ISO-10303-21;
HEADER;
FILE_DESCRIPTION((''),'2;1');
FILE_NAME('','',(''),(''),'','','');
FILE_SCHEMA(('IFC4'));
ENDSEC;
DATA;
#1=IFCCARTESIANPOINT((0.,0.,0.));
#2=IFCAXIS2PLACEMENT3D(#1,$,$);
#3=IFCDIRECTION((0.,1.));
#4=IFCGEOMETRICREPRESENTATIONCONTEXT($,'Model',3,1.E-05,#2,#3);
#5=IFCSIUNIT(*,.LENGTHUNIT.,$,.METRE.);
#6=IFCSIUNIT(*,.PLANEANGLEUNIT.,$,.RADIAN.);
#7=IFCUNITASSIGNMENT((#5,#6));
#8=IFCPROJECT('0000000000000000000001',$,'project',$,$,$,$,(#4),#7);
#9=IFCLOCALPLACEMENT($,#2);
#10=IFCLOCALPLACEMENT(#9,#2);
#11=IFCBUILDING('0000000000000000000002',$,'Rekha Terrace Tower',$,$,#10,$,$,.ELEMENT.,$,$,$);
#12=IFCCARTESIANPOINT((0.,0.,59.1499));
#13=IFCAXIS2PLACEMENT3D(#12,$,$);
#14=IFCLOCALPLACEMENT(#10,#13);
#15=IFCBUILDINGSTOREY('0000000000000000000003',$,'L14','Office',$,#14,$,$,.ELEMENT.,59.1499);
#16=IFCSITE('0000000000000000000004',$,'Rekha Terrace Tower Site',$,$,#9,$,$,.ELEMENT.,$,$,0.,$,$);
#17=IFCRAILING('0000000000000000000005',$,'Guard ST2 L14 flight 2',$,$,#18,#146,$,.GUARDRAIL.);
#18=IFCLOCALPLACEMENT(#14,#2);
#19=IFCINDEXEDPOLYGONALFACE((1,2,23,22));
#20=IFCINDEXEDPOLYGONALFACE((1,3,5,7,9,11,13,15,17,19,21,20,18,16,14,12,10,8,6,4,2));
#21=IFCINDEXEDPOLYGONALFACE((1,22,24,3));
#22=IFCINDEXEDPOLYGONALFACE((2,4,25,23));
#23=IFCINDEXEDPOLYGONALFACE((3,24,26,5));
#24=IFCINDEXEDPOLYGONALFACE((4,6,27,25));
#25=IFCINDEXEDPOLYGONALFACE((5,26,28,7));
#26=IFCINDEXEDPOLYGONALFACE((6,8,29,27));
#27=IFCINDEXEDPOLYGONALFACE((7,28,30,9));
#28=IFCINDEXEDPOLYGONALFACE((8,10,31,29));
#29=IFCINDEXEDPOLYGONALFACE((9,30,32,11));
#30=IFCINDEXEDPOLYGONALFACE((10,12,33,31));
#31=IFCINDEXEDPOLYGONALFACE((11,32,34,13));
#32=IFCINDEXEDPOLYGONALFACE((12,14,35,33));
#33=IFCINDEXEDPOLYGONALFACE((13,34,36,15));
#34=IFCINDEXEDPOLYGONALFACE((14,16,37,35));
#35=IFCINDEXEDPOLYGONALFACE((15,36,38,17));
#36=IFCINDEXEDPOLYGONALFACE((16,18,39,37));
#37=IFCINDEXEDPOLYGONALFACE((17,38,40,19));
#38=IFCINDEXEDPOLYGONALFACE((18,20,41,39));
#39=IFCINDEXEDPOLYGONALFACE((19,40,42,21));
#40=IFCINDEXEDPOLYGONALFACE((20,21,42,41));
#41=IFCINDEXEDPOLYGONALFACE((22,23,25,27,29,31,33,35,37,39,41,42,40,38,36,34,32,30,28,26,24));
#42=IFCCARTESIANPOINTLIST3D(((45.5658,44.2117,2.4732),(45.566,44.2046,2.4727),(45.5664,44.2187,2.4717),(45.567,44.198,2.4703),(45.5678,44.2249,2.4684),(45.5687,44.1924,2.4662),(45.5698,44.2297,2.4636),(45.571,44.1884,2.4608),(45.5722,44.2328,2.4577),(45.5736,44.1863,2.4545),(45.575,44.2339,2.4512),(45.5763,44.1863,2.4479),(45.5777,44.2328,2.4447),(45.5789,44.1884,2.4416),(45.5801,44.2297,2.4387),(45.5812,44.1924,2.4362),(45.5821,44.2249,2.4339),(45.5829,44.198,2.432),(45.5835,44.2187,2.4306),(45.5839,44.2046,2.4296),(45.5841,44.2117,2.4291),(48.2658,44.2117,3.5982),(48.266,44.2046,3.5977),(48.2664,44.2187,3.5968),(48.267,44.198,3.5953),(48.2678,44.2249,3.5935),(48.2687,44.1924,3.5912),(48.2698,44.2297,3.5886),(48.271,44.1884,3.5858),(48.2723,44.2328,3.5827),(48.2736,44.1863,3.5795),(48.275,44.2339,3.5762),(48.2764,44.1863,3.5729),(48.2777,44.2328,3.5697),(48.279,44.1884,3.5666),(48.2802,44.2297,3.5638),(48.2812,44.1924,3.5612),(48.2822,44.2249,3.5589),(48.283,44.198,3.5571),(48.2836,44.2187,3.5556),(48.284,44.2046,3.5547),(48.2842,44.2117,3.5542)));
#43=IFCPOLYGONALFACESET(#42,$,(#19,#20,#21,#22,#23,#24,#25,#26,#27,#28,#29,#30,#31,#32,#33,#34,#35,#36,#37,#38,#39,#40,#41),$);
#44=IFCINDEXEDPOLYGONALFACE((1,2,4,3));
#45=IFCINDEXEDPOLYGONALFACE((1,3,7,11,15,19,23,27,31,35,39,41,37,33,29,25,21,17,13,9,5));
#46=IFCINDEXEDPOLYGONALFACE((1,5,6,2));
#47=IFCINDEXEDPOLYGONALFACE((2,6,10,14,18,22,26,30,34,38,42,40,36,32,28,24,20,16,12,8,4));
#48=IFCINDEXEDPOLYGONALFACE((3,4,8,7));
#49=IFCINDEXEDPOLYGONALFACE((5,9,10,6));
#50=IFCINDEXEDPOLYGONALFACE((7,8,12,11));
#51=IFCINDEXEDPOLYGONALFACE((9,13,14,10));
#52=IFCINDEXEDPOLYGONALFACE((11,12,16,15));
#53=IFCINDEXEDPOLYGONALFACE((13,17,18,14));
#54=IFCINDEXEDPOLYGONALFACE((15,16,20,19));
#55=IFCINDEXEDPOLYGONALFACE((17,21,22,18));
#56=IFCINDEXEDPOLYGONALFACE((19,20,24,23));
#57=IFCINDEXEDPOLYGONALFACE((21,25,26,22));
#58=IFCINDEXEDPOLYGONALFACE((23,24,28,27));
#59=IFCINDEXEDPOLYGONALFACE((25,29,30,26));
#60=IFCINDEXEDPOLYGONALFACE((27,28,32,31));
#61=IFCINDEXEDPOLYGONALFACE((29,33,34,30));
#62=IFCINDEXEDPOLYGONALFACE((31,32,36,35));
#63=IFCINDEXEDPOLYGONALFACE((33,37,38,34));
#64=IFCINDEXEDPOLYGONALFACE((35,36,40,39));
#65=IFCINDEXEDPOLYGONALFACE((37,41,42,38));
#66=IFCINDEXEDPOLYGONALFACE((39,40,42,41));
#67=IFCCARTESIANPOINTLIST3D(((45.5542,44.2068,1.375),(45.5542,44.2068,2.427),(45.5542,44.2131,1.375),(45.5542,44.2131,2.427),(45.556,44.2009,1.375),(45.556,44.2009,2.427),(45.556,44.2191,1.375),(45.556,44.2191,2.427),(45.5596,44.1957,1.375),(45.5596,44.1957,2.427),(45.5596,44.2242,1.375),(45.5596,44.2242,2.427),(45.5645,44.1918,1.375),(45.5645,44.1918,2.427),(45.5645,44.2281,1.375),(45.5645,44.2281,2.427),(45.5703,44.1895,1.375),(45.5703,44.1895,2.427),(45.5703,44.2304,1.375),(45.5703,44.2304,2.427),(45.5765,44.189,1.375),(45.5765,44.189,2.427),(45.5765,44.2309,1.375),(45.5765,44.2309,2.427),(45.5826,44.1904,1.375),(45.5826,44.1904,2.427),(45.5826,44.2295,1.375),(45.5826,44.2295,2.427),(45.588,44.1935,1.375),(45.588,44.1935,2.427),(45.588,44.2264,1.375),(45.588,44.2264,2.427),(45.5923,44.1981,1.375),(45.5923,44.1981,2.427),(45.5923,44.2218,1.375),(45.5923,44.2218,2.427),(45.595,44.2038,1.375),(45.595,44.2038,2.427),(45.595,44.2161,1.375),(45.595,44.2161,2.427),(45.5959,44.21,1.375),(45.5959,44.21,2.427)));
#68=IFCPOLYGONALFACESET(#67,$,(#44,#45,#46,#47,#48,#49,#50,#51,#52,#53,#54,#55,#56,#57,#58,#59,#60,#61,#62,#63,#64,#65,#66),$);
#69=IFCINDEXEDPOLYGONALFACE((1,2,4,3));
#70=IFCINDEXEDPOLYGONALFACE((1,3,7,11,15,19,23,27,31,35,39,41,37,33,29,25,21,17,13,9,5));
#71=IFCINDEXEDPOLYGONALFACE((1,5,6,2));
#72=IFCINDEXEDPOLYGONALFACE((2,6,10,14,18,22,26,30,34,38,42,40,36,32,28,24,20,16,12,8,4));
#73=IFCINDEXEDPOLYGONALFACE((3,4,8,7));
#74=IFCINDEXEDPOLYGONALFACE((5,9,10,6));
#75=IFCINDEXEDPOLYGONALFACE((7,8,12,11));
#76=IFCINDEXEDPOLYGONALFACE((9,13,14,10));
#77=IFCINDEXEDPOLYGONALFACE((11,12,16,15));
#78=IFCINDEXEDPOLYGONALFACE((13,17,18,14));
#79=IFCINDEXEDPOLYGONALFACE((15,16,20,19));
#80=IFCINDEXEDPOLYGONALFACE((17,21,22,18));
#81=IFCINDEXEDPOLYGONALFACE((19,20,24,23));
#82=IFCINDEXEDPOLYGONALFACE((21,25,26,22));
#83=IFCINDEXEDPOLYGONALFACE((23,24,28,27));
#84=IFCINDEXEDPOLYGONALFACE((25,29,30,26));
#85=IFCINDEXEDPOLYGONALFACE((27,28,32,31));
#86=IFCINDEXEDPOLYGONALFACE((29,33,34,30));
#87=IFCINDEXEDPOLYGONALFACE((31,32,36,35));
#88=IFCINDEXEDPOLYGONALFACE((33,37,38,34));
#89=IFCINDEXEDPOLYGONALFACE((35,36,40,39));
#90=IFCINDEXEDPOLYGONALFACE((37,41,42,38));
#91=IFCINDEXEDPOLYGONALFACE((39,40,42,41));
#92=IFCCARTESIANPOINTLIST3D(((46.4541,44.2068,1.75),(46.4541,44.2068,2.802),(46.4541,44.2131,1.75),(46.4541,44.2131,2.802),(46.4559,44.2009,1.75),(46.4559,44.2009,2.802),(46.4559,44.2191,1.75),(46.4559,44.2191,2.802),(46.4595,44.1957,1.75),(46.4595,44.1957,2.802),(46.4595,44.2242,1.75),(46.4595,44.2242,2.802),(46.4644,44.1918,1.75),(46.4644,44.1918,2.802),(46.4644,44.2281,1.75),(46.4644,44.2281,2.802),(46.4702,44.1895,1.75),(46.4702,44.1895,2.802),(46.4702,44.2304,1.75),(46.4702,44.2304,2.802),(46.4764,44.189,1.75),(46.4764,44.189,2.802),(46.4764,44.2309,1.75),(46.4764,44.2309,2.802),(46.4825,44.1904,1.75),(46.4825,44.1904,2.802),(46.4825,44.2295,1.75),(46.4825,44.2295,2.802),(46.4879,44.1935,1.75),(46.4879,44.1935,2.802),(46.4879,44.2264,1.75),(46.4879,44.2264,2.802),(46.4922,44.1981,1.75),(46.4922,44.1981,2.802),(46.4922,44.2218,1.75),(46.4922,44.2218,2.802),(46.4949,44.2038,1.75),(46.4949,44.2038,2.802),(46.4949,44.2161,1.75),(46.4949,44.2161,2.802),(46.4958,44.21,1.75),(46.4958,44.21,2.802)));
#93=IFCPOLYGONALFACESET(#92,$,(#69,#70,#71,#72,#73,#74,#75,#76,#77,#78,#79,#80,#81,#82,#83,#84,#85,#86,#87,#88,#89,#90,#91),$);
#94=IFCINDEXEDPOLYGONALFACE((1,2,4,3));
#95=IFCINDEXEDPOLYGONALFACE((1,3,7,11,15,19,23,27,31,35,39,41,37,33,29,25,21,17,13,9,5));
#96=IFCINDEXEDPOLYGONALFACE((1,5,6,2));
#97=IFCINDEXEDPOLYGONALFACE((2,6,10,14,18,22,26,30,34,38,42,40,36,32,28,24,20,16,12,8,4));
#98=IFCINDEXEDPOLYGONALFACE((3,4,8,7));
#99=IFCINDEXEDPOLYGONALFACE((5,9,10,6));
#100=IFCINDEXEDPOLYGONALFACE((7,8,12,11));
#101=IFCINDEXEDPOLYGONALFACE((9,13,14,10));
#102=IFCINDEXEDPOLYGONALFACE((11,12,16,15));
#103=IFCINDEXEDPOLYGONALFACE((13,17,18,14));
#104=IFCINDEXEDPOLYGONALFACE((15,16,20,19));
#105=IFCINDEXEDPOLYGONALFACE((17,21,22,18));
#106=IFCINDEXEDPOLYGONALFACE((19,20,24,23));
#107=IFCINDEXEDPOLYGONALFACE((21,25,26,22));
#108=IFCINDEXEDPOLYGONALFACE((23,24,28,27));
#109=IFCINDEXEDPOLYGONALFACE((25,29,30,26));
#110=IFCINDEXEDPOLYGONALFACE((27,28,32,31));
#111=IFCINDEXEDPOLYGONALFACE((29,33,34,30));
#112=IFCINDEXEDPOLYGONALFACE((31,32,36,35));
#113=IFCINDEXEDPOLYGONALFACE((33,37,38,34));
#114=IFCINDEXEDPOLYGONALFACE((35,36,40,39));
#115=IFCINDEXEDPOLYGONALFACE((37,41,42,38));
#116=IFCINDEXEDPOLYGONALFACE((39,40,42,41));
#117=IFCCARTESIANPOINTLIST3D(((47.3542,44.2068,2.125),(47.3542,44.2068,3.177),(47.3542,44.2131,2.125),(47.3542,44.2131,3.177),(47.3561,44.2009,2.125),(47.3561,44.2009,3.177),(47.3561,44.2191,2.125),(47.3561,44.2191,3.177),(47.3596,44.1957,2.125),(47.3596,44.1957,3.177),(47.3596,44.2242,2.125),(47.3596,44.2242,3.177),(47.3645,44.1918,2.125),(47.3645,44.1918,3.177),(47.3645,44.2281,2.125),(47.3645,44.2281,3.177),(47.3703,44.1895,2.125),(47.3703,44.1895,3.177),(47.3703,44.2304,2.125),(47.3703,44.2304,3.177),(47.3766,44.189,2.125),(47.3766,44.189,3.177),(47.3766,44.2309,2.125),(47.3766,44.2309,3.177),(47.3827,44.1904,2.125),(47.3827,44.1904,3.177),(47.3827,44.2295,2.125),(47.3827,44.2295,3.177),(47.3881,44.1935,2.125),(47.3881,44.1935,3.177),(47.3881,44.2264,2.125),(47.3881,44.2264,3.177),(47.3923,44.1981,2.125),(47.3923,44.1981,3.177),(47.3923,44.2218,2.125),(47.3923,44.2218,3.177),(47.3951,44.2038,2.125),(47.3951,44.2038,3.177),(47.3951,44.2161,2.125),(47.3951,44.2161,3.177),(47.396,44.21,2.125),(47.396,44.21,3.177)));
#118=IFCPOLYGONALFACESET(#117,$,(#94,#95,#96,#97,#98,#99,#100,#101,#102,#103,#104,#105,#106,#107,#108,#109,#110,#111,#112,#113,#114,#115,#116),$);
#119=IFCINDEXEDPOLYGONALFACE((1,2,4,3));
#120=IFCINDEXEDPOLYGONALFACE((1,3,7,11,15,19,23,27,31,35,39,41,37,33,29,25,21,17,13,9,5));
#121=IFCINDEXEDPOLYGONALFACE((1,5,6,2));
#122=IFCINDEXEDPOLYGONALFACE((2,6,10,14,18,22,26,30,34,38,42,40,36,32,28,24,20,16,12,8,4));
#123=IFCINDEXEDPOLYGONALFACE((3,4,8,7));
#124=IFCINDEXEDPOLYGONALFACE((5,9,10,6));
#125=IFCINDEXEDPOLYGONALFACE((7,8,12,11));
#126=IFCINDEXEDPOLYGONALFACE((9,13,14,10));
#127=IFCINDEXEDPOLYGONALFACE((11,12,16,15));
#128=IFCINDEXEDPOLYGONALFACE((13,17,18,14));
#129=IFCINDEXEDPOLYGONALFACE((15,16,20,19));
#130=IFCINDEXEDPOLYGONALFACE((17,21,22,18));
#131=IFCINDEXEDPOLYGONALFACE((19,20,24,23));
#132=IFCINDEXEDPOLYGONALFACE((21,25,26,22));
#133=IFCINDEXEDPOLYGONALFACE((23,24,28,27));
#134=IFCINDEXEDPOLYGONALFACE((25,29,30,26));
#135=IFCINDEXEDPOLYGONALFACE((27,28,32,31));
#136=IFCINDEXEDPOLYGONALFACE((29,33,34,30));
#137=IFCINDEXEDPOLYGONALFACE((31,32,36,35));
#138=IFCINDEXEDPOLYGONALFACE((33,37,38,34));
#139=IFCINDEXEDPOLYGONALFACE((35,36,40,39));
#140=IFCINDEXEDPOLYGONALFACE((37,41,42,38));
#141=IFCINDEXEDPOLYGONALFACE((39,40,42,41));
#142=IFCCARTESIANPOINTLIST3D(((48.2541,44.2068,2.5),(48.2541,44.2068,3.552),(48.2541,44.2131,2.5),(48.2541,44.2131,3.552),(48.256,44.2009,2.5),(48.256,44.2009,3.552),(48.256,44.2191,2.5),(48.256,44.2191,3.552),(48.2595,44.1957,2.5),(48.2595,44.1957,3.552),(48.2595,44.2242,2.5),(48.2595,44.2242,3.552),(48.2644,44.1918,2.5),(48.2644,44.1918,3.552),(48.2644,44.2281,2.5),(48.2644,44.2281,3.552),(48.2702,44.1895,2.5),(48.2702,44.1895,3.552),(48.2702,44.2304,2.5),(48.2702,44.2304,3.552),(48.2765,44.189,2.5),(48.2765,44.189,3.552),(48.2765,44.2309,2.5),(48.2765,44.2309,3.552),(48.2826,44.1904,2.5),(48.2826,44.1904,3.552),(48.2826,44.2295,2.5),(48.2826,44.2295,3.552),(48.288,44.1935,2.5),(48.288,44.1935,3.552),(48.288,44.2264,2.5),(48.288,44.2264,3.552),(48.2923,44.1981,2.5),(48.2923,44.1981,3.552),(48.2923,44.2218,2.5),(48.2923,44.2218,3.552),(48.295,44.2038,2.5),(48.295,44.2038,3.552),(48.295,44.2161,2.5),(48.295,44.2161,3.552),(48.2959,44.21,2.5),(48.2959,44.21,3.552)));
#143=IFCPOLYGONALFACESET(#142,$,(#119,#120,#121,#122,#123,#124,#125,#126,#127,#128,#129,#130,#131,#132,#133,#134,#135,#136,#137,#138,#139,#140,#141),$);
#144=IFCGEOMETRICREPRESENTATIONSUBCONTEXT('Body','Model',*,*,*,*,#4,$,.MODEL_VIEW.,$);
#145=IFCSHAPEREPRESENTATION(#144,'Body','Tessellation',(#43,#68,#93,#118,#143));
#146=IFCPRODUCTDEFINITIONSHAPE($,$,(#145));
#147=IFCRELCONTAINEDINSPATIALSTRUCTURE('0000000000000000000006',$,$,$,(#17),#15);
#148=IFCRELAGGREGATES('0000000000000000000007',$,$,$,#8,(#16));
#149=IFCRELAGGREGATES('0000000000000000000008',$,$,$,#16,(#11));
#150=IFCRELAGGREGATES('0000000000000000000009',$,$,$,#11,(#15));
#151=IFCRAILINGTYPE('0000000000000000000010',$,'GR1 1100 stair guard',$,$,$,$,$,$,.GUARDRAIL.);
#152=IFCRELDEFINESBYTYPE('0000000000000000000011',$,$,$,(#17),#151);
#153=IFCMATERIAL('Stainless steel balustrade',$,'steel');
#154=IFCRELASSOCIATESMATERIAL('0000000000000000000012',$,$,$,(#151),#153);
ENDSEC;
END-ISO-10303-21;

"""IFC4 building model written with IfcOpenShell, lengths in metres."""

from ifc_helpers import new_model, si_unit, direction, frame, origin, origin_2d, place, context, subcontext, project, spatial, circle, extrude, material, type_object, element, save


model = new_model("IFC4")

# Units and contexts
model_context = context("Model", 3, precision=1e-05, world=origin(), true_north=direction((0.0, 1.0)))
body_context = subcontext(model_context, "Body", "Model", "MODEL_VIEW")
ifc_project = project(units=[si_unit("LENGTHUNIT", "METRE"), si_unit("PLANEANGLEUNIT", "RADIAN")], contexts=[model_context])

# Site, building, storey
site_placement = place(None, origin())
site = spatial("IfcSite", under=ifc_project, at=site_placement, Name="Rekha Terrace Tower Site", CompositionType="ELEMENT", RefElevation=0.0)
building_placement = place(site_placement, origin())
building = spatial("IfcBuilding", under=site, at=building_placement, Name="Rekha Terrace Tower", CompositionType="ELEMENT")
storey_placement = place(building_placement, frame((0.0, 0.0, 59.1499)))
storey = spatial("IfcBuildingStorey", under=building, at=storey_placement, Name="L14", Description="Office", CompositionType="ELEMENT", Elevation=59.1499)

# Railing
ifc_material_1 = material(Name="Stainless steel balustrade", Category="steel")
railing_type_1 = type_object("IfcRailingType", Name="GR1 1100 stair guard", PredefinedType="GUARDRAIL", material=ifc_material_1)
railing_1_placement = place(storey_placement, frame((45.575, 44.21, 1.375)))
element("IfcRailing", 1, at=railing_1_placement, inside=storey, type_object=railing_type_1, Name="Guard ST2 L14 flight 2", PredefinedType="GUARDRAIL", context=body_context, shape_type="SweptSolid", body=[
    extrude(circle(Radius=0.0239, at=origin_2d()), frame((0.0, 0.0, 1.0762), z_axis=(0.923074, 0.0, 0.384621), x_axis=(0.0, 1.0, 0.0)), (0.0, 0.0, 1.0), 2.925),
    extrude(circle(Radius=0.021, at=origin_2d()), origin(), (0.0, 0.0, 1.0), 1.052),
    extrude(circle(Radius=0.021, at=origin_2d()), frame((0.8999, 0.0, 0.375)), (0.0, 0.0, 1.0), 1.052),
    extrude(circle(Radius=0.021, at=origin_2d()), frame((1.8, 0.0, 0.75)), (0.0, 0.0, 1.0), 1.052),
    extrude(circle(Radius=0.021, at=origin_2d()), frame((2.7, 0.0, 1.125)), (0.0, 0.0, 1.0), 1.052),
])

save(model, "model.ifc")
